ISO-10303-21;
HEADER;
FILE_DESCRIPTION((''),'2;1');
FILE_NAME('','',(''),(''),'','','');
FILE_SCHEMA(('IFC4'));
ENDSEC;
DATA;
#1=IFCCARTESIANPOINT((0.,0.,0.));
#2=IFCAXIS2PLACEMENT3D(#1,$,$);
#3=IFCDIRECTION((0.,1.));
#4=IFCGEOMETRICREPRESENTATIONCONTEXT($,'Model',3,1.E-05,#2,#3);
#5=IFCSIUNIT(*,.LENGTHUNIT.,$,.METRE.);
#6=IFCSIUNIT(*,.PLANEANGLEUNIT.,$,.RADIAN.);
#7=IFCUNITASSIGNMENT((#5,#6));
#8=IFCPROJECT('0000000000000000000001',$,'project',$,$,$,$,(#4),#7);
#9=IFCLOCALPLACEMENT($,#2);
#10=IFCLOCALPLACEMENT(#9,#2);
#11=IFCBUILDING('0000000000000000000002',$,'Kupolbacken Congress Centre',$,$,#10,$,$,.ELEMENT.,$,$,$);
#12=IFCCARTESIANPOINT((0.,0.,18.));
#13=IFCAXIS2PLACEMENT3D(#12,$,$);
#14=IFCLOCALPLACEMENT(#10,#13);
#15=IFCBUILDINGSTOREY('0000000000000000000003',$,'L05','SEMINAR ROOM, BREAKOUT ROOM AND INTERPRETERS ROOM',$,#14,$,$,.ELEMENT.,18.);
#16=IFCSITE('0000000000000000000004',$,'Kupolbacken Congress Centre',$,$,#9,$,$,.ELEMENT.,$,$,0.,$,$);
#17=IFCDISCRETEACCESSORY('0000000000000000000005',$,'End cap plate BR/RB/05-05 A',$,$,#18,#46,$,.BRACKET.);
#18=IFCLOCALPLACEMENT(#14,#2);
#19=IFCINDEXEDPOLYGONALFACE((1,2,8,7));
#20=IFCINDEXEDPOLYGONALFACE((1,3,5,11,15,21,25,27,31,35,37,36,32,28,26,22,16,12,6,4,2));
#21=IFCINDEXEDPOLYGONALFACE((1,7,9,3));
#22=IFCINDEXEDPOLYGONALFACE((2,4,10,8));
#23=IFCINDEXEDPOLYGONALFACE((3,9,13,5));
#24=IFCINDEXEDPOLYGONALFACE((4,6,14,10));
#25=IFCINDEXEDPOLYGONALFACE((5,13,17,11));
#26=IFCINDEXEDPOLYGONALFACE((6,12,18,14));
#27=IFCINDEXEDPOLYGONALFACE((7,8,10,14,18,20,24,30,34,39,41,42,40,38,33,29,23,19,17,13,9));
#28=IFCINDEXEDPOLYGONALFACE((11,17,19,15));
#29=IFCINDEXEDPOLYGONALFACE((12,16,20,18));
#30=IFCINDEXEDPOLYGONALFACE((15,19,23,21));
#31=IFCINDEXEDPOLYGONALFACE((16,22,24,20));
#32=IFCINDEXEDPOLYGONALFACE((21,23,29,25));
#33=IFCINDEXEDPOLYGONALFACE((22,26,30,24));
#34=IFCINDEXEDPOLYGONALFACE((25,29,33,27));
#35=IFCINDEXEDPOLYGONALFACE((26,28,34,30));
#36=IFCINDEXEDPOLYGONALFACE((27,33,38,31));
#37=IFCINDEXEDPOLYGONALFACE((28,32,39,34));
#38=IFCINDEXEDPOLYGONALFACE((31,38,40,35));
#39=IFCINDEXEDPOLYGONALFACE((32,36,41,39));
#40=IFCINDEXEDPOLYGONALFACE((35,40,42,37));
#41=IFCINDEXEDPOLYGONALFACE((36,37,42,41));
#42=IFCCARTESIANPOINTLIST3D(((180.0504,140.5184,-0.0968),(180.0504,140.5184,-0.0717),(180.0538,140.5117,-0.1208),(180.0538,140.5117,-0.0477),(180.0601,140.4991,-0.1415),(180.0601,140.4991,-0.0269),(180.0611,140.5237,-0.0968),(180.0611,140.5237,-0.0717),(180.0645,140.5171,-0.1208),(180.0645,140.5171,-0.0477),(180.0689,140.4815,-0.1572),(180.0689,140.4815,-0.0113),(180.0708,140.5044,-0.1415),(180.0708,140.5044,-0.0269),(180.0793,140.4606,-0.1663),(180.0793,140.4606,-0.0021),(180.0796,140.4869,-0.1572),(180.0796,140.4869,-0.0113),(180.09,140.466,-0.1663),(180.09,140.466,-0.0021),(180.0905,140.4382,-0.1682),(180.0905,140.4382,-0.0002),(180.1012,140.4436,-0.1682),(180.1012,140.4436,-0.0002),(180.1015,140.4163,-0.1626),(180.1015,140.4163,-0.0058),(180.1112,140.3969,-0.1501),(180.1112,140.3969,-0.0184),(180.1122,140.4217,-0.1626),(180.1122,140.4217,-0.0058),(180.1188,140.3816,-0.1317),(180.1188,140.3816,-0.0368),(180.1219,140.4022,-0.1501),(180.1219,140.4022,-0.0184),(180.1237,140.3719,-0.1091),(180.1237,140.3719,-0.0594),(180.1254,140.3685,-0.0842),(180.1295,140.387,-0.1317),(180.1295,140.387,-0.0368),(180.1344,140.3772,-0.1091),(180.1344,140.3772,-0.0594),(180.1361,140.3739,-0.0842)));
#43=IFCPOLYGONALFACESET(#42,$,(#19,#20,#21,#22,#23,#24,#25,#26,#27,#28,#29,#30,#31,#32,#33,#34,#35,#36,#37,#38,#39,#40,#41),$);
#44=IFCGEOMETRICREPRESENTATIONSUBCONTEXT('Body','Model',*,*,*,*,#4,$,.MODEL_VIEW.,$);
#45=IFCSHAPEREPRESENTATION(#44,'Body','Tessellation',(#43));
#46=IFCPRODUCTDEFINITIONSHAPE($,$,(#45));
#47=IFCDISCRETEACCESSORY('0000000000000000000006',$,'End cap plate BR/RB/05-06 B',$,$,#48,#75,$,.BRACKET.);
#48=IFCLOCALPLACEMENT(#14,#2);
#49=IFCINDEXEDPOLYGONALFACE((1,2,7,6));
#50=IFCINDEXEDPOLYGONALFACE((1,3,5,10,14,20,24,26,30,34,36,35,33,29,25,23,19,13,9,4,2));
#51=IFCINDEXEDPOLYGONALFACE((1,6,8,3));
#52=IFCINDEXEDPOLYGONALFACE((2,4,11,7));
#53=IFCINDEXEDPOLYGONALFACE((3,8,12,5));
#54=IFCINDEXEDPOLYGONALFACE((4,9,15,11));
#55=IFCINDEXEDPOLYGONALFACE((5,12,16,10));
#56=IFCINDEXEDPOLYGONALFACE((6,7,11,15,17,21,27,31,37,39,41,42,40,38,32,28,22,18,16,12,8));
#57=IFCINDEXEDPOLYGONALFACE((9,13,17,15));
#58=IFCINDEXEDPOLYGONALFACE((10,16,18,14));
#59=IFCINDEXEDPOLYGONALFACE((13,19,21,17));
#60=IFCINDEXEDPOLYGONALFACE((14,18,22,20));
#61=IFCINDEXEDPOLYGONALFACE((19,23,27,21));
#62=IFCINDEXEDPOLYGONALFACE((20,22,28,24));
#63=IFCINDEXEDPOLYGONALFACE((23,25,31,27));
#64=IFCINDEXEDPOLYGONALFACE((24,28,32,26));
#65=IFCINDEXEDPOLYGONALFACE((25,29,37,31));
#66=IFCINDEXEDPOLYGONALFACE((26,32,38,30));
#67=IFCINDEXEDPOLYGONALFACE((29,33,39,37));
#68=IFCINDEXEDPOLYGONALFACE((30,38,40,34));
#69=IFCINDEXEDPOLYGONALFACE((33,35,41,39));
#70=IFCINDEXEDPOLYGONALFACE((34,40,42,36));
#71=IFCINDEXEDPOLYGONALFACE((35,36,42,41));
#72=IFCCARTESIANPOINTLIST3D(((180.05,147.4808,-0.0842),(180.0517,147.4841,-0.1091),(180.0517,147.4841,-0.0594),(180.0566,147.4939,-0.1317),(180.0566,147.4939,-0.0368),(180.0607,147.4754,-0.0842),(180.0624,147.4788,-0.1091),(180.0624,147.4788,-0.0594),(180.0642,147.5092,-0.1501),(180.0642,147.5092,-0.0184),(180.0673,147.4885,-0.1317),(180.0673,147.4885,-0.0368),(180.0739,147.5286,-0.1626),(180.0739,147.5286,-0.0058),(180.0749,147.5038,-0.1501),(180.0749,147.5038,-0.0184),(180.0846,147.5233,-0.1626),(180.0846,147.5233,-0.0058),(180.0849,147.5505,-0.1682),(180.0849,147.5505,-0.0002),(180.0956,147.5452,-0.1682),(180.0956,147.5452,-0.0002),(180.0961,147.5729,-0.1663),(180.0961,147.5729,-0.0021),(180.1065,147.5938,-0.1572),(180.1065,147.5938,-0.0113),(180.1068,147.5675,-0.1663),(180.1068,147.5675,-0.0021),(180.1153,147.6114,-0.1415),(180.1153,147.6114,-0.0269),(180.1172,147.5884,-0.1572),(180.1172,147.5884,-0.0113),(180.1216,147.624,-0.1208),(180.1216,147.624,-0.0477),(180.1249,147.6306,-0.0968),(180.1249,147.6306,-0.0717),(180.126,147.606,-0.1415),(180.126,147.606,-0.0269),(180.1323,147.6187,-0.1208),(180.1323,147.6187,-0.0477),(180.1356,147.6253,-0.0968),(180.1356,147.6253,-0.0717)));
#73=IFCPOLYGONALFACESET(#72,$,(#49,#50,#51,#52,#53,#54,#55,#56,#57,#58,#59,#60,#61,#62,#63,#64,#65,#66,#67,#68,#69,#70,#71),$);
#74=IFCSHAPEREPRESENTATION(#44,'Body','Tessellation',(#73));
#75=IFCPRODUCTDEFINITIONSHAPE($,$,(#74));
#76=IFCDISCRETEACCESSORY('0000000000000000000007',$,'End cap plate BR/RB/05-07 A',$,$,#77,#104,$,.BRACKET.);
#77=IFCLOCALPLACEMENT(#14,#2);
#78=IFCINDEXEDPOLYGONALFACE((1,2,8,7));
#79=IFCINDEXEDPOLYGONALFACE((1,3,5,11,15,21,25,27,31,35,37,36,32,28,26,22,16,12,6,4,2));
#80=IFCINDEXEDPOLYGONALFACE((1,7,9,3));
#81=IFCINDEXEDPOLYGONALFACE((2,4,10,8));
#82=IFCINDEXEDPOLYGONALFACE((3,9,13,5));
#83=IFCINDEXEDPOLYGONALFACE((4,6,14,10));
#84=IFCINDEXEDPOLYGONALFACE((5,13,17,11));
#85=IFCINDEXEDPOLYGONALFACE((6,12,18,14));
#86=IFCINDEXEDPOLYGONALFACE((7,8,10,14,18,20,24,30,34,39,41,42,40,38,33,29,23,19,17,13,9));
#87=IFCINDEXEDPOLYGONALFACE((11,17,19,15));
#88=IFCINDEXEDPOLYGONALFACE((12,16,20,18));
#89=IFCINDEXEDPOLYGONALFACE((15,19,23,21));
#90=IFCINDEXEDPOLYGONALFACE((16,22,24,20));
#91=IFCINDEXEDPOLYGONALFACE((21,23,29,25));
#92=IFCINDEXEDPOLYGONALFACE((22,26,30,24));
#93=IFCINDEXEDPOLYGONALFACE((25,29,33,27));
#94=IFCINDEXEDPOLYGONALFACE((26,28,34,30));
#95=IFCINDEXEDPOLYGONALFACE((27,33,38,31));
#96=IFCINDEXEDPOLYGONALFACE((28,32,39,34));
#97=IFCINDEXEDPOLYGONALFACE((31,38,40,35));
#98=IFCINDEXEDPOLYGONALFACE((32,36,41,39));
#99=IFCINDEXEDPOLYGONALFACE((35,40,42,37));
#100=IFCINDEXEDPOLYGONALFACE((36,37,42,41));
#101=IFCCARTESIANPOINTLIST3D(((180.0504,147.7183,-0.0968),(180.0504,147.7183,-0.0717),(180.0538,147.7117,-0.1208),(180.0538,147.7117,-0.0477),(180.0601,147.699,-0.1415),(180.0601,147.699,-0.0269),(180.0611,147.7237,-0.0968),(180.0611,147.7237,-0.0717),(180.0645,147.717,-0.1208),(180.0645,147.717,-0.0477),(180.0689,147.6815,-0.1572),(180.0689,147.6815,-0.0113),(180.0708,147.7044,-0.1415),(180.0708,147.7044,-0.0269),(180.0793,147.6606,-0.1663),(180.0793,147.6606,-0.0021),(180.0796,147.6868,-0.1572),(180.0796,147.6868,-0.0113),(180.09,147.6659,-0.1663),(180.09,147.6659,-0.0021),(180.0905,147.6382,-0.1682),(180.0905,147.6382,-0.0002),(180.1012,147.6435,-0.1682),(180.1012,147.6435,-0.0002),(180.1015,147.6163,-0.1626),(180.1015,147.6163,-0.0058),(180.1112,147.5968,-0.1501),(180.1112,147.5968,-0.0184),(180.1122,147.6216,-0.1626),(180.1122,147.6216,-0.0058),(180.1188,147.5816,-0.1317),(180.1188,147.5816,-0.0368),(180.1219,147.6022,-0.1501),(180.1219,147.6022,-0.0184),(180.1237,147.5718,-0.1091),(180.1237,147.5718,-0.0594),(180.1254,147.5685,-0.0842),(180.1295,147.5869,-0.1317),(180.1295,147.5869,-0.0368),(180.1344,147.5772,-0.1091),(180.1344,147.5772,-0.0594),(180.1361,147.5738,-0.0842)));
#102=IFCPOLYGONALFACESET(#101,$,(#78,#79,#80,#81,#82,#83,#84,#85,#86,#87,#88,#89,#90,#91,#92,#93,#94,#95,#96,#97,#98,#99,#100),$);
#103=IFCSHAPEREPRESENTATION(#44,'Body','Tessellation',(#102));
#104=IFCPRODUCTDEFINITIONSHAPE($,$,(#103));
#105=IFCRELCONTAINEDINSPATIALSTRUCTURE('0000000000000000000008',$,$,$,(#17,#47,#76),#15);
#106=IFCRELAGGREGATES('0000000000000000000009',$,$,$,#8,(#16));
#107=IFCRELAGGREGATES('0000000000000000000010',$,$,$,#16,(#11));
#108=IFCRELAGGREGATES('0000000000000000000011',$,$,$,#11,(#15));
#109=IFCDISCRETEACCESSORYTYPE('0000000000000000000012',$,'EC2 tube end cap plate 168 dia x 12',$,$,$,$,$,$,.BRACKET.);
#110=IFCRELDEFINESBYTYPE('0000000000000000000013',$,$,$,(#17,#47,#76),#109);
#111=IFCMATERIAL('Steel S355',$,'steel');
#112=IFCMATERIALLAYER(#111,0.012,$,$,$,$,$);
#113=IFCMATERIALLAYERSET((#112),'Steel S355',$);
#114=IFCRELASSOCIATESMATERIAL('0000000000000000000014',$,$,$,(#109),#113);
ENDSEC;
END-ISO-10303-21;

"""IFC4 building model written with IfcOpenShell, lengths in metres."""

from ifc_helpers import new_model, si_unit, direction, frame, origin, origin_2d, place, context, subcontext, project, spatial, circle, extrude, material, layer, layer_set, type_object, element, save


model = new_model("IFC4")

# Units and contexts
model_context = context("Model", 3, precision=1e-05, world=origin(), true_north=direction((0.0, 1.0)))
body_context = subcontext(model_context, "Body", "Model", "MODEL_VIEW")
ifc_project = project(units=[si_unit("LENGTHUNIT", "METRE"), si_unit("PLANEANGLEUNIT", "RADIAN")], contexts=[model_context])

# Site, building, storey
site_placement = place(None, origin())
site = spatial("IfcSite", under=ifc_project, at=site_placement, Name="Kupolbacken Congress Centre", CompositionType="ELEMENT", RefElevation=0.0)
building_placement = place(site_placement, origin())
building = spatial("IfcBuilding", under=site, at=building_placement, Name="Kupolbacken Congress Centre", CompositionType="ELEMENT")
storey_placement = place(building_placement, frame((0.0, 0.0, 18.0)))
storey = spatial("IfcBuildingStorey", under=building, at=storey_placement, Name="L05", Description="SEMINAR ROOM, BREAKOUT ROOM AND INTERPRETERS ROOM", CompositionType="ELEMENT", Elevation=18.0)

# Discrete accessories
ifc_material_1 = material(Name="Steel S355", Category="steel")
ifc_layer_1 = layer(ifc_material_1, 0.012)
ifc_layer_set_1 = layer_set([ifc_layer_1], Name="Steel S355")
discrete_accessory_type = type_object("IfcDiscreteAccessoryType", Name="EC2 tube end cap plate 168 dia x 12", PredefinedType="BRACKET", material=ifc_layer_set_1)
for number, where, z_axis, x_axis, name in (
    (1, (180.0984, 140.4492, -0.0842), (-0.894427, -0.447214, 0.0), (0.447214, -0.894427, 0.0), "End cap plate BR/RB/05-05 A"),
    (2, (180.0984, 147.5508, -0.0842), (-0.894427, 0.447214, 0.0), (-0.447214, -0.894427, 0.0), "End cap plate BR/RB/05-06 B"),
    (3, (180.0984, 147.6492, -0.0842), (-0.894427, -0.447214, 0.0), (0.447214, -0.894427, 0.0), "End cap plate BR/RB/05-07 A"),
):
    element("IfcDiscreteAccessory", number, at=place(storey_placement, frame(where, z_axis=z_axis, x_axis=x_axis)), inside=storey, type_object=discrete_accessory_type, Name=name, PredefinedType="BRACKET", context=body_context, shape_type="SweptSolid", body=[
        extrude(circle(Radius=0.0842, at=origin_2d()), origin(), (0.0, 0.0, 1.0), 0.012),
    ])

save(model, "model.ifc")
